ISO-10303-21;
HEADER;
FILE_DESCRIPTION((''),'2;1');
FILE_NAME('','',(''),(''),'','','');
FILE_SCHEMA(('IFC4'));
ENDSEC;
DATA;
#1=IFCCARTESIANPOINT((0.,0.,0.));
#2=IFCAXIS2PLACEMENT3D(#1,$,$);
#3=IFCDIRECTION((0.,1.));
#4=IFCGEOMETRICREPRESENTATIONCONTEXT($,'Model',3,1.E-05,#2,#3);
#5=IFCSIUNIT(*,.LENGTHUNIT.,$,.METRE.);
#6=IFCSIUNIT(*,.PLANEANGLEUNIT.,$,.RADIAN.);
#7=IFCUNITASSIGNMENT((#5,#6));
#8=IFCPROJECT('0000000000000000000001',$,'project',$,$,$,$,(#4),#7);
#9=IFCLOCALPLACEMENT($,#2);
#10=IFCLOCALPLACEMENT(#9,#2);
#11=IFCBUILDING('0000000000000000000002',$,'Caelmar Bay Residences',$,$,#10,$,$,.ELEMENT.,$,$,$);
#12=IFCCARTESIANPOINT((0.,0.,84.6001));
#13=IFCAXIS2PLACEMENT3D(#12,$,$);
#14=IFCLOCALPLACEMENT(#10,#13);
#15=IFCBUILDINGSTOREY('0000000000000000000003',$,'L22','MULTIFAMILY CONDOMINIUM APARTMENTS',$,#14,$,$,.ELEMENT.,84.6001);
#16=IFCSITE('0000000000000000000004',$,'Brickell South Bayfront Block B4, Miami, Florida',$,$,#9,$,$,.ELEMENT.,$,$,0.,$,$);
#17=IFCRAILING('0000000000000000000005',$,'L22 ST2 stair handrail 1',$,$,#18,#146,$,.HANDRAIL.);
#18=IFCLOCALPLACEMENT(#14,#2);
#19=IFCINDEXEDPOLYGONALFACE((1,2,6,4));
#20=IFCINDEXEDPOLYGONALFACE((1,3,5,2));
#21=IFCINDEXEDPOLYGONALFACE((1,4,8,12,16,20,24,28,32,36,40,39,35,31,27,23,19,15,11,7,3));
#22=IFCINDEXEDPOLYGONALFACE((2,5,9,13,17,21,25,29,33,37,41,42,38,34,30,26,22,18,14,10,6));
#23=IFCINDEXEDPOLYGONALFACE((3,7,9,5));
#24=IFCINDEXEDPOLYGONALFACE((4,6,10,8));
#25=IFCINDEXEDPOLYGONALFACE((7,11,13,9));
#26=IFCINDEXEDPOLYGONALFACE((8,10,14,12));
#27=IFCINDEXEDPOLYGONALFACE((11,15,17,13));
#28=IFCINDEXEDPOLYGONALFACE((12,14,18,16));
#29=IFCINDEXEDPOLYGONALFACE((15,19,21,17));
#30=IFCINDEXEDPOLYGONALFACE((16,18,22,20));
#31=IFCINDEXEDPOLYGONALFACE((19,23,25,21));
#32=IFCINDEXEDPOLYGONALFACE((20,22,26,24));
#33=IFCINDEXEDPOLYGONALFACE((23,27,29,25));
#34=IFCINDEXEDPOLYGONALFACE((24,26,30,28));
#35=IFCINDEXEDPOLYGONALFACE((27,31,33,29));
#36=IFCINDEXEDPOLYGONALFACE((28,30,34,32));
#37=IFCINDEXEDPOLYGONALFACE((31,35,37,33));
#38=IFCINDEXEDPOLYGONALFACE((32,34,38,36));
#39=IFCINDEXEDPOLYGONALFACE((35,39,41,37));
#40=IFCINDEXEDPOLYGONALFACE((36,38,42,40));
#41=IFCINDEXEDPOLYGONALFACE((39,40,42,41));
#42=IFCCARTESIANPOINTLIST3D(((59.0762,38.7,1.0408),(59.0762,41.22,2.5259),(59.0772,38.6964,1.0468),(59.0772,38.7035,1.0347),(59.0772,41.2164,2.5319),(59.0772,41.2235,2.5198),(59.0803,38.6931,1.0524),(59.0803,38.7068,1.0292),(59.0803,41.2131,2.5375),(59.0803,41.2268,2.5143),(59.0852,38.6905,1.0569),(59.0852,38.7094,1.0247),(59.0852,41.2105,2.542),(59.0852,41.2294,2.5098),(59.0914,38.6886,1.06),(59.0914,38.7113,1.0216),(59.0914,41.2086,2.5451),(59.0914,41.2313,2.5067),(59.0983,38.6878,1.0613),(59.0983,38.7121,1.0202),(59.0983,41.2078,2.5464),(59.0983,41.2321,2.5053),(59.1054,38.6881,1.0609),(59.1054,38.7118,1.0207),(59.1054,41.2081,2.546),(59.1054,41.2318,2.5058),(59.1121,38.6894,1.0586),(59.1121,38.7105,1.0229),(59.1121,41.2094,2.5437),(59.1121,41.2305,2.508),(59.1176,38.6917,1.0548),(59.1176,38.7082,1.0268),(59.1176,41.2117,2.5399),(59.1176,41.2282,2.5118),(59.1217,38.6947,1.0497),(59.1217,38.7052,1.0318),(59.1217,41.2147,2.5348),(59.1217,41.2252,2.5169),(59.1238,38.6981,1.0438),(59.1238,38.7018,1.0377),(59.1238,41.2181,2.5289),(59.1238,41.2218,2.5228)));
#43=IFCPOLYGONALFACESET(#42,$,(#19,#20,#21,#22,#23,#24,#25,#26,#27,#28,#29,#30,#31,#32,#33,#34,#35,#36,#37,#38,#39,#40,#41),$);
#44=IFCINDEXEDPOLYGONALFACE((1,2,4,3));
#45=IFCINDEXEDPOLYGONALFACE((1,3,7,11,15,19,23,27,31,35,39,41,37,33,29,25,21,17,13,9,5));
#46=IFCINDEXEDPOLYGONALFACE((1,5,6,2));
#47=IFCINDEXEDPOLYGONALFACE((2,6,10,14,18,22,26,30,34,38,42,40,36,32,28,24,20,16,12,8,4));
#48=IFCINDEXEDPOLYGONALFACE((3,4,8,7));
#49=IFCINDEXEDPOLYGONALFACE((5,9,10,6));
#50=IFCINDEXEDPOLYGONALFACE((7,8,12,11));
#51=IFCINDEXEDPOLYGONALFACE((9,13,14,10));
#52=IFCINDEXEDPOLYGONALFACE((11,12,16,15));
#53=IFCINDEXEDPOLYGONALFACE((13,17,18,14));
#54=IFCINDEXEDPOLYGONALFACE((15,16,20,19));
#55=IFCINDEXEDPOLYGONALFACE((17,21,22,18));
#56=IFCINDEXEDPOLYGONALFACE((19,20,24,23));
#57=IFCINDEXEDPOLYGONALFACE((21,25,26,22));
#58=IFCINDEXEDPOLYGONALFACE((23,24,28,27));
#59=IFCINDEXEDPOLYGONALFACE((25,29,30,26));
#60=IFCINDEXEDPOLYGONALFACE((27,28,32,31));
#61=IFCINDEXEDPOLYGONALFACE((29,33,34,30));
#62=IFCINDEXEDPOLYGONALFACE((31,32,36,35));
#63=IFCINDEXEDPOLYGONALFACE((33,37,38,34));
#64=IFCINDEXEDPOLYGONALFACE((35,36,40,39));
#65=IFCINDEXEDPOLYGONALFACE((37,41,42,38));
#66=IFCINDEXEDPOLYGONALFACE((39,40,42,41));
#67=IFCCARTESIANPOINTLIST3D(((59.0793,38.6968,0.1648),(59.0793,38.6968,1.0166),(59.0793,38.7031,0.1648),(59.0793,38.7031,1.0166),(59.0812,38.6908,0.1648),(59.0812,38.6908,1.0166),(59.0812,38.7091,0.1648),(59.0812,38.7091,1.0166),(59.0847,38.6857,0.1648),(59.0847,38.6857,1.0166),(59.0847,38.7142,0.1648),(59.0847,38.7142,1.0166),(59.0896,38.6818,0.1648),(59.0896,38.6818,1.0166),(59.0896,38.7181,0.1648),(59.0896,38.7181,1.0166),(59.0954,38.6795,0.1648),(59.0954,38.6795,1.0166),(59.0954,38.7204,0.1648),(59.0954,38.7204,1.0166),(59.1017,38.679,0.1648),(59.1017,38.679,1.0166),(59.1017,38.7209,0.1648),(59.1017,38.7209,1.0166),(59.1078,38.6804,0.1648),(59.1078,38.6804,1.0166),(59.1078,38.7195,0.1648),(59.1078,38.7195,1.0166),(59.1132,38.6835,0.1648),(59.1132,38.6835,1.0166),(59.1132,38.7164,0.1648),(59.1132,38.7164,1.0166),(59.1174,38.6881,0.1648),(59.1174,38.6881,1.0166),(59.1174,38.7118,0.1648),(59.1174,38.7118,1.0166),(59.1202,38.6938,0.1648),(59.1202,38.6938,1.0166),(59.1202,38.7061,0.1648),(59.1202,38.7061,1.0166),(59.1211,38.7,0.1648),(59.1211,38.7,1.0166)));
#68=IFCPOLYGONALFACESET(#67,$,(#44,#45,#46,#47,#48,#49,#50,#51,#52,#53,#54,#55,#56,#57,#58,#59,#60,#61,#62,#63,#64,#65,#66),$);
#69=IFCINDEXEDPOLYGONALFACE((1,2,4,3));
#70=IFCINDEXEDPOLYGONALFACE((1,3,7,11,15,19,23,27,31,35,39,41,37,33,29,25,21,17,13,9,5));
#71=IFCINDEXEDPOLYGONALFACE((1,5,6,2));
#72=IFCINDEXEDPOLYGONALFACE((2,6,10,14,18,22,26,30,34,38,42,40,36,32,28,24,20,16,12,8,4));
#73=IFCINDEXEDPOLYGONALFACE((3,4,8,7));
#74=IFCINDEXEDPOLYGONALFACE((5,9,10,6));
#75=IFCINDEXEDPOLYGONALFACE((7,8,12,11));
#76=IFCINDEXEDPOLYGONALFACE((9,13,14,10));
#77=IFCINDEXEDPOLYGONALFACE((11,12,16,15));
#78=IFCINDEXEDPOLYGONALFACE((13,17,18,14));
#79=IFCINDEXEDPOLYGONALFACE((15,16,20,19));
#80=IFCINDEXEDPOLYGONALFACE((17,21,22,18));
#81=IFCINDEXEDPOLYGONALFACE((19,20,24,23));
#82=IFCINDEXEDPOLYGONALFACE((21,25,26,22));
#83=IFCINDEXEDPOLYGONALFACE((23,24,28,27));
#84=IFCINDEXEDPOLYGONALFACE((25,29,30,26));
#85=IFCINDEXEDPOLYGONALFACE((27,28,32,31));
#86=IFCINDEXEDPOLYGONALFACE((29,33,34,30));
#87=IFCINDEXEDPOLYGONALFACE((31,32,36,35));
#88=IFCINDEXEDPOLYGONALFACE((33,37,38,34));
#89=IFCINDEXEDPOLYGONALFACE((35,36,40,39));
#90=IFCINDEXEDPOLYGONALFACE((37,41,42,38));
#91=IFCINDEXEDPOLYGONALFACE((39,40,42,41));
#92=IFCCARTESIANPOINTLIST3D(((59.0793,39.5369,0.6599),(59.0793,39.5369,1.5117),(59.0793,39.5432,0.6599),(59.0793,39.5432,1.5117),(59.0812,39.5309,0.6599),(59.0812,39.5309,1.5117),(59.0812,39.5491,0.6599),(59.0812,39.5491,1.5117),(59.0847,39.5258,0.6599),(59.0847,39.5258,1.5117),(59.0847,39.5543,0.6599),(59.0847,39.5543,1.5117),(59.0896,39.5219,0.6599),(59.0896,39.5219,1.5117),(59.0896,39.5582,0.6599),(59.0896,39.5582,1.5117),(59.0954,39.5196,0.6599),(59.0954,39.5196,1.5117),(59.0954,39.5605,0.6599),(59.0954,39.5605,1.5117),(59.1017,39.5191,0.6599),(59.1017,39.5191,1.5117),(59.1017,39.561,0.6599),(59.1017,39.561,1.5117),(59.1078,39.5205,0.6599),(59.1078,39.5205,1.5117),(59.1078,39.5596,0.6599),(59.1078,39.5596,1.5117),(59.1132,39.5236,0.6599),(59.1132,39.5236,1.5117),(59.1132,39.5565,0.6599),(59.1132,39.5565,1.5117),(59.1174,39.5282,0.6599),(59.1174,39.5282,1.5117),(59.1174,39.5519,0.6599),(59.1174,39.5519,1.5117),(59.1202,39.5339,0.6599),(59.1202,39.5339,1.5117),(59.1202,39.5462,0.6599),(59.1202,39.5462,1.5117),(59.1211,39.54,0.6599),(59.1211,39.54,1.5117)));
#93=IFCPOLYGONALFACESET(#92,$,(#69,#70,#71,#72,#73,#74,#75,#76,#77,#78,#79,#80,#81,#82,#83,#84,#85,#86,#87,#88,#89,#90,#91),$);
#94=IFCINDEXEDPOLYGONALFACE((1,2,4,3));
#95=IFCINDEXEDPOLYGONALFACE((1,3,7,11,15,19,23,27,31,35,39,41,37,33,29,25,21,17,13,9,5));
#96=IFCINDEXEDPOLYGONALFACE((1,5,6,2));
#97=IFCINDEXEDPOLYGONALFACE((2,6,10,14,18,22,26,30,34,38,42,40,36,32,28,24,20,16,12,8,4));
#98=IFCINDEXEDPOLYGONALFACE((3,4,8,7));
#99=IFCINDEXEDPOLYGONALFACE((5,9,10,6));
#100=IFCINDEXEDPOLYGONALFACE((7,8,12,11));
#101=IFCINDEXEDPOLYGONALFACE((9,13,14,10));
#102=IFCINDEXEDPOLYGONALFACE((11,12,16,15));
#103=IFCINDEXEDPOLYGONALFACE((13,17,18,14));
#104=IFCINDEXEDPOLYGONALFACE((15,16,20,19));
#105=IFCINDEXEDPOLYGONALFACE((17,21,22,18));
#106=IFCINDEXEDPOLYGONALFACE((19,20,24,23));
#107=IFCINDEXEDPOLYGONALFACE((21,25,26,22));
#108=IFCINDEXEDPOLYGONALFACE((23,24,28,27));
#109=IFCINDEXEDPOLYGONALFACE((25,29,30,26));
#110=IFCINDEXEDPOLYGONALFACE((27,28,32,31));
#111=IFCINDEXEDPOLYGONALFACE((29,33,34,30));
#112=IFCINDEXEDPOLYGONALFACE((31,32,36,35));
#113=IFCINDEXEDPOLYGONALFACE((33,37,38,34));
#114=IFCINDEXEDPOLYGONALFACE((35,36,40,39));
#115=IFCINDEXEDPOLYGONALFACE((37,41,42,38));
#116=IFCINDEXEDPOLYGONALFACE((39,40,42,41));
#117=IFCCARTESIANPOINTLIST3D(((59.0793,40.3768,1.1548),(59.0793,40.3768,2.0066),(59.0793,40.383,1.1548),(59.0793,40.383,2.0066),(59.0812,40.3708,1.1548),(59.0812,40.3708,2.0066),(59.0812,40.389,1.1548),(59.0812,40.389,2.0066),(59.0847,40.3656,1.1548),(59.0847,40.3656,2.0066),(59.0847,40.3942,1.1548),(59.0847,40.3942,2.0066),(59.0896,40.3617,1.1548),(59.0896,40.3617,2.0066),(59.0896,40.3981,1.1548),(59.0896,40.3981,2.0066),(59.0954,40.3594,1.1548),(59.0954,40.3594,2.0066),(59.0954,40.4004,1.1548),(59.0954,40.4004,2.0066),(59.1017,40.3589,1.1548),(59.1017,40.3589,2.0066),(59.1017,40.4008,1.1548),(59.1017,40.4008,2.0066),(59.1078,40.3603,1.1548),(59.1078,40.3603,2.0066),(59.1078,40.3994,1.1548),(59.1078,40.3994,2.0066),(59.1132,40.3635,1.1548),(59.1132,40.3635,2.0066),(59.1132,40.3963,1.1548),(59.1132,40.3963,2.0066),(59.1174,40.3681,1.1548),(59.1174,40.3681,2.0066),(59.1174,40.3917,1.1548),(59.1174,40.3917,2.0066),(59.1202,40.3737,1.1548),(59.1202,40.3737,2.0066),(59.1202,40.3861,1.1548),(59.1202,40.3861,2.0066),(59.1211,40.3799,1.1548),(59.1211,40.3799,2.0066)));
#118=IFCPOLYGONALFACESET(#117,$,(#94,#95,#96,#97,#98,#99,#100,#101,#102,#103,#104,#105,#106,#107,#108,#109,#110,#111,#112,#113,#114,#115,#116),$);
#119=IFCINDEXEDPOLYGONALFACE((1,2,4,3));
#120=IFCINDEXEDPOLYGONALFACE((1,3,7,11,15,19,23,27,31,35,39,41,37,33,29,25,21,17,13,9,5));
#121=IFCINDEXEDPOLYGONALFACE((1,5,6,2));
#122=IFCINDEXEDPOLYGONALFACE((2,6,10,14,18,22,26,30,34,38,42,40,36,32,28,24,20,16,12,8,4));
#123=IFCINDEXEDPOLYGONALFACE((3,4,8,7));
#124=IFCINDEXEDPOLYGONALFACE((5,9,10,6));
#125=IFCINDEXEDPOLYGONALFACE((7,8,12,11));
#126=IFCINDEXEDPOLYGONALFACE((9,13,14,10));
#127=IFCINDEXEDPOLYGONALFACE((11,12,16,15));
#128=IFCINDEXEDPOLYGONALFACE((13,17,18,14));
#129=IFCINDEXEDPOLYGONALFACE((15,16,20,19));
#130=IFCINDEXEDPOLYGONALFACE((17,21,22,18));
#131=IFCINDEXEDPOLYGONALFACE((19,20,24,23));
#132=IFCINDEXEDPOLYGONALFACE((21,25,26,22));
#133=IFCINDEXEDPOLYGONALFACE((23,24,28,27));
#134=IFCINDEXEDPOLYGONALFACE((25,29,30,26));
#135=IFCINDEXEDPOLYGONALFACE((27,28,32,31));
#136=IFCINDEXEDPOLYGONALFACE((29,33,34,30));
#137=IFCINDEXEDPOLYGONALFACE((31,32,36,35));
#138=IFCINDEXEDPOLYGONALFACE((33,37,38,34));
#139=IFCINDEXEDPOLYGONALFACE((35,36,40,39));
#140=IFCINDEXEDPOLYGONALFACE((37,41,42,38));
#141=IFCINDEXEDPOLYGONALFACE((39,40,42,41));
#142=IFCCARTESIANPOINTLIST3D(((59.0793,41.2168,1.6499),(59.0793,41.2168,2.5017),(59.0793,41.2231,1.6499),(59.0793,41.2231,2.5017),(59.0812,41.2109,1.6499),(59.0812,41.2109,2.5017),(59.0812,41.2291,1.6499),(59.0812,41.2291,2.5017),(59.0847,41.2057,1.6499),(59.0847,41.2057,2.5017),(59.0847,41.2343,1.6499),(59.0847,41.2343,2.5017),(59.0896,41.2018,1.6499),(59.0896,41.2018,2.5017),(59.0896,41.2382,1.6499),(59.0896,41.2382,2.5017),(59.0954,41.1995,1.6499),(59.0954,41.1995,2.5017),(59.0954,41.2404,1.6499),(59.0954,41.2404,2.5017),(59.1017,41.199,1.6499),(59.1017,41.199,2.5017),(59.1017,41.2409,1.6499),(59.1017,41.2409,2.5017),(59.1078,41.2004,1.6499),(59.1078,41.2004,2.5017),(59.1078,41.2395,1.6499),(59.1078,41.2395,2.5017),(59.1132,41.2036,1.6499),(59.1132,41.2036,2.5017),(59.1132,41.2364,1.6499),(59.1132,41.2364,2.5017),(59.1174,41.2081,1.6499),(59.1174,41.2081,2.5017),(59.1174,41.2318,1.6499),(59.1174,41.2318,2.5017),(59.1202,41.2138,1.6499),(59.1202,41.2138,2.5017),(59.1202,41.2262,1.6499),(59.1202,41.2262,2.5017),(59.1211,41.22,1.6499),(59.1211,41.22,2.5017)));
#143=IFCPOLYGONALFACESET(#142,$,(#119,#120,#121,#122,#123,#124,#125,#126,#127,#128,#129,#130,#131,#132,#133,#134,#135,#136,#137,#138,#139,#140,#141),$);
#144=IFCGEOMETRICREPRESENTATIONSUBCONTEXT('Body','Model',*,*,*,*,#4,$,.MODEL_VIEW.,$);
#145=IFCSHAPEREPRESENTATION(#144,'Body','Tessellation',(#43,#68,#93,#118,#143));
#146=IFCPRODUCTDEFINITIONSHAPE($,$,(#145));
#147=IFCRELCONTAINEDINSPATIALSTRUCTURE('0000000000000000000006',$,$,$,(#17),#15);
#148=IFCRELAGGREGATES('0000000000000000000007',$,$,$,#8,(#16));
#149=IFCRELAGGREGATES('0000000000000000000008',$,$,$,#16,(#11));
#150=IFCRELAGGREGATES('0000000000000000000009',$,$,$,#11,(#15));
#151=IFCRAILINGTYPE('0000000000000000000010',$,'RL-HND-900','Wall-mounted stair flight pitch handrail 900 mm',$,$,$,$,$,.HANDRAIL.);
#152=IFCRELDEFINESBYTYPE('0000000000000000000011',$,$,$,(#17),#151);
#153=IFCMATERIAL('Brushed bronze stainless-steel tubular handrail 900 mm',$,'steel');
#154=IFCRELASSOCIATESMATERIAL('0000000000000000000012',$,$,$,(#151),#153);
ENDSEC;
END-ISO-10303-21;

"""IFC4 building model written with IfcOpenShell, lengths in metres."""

from ifc_helpers import new_model, si_unit, direction, frame, origin, origin_2d, place, context, subcontext, project, spatial, circle, extrude, material, type_object, element, save


model = new_model("IFC4")

# Units and contexts
model_context = context("Model", 3, precision=1e-05, world=origin(), true_north=direction((0.0, 1.0)))
body_context = subcontext(model_context, "Body", "Model", "MODEL_VIEW")
ifc_project = project(units=[si_unit("LENGTHUNIT", "METRE"), si_unit("PLANEANGLEUNIT", "RADIAN")], contexts=[model_context])

# Site, building, storey
site_placement = place(None, origin())
site = spatial("IfcSite", under=ifc_project, at=site_placement, Name="Brickell South Bayfront Block B4, Miami, Florida", CompositionType="ELEMENT", RefElevation=0.0)
building_placement = place(site_placement, origin())
building = spatial("IfcBuilding", under=site, at=building_placement, Name="Caelmar Bay Residences", CompositionType="ELEMENT")
storey_placement = place(building_placement, frame((0.0, 0.0, 84.6001)))
storey = spatial("IfcBuildingStorey", under=building, at=storey_placement, Name="L22", Description="MULTIFAMILY CONDOMINIUM APARTMENTS", CompositionType="ELEMENT", Elevation=84.6001)

# Railing
ifc_material_1 = material(Name="Brushed bronze stainless-steel tubular handrail 900 mm", Category="steel")
railing_type_1 = type_object("IfcRailingType", Name="RL-HND-900", Description="Wall-mounted stair flight pitch handrail 900 mm", PredefinedType="HANDRAIL", material=ifc_material_1)
railing_1_placement = place(storey_placement, frame((59.1001, 38.7, 0.1648)))
element("IfcRailing", 1, at=railing_1_placement, inside=storey, type_object=railing_type_1, Name="L22 ST2 stair handrail 1", PredefinedType="HANDRAIL", context=body_context, shape_type="SweptSolid", body=[
    extrude(circle(Radius=0.0239, at=origin_2d()), frame((0.0, 0.0, 0.876), z_axis=(0.0, 0.861524, 0.507717), x_axis=(-1.0, 0.0, 0.0)), (0.0, 0.0, 1.0), 2.925),
    extrude(circle(Radius=0.021, at=origin_2d()), origin(), (0.0, 0.0, 1.0), 0.8518),
    extrude(circle(Radius=0.021, at=origin_2d()), frame((0.0, 0.8401, 0.4951)), (0.0, 0.0, 1.0), 0.8518),
    extrude(circle(Radius=0.021, at=origin_2d()), frame((0.0, 1.6799, 0.99)), (0.0, 0.0, 1.0), 0.8518),
    extrude(circle(Radius=0.021, at=origin_2d()), frame((0.0, 2.52, 1.4851)), (0.0, 0.0, 1.0), 0.8518),
])

save(model, "model.ifc")
